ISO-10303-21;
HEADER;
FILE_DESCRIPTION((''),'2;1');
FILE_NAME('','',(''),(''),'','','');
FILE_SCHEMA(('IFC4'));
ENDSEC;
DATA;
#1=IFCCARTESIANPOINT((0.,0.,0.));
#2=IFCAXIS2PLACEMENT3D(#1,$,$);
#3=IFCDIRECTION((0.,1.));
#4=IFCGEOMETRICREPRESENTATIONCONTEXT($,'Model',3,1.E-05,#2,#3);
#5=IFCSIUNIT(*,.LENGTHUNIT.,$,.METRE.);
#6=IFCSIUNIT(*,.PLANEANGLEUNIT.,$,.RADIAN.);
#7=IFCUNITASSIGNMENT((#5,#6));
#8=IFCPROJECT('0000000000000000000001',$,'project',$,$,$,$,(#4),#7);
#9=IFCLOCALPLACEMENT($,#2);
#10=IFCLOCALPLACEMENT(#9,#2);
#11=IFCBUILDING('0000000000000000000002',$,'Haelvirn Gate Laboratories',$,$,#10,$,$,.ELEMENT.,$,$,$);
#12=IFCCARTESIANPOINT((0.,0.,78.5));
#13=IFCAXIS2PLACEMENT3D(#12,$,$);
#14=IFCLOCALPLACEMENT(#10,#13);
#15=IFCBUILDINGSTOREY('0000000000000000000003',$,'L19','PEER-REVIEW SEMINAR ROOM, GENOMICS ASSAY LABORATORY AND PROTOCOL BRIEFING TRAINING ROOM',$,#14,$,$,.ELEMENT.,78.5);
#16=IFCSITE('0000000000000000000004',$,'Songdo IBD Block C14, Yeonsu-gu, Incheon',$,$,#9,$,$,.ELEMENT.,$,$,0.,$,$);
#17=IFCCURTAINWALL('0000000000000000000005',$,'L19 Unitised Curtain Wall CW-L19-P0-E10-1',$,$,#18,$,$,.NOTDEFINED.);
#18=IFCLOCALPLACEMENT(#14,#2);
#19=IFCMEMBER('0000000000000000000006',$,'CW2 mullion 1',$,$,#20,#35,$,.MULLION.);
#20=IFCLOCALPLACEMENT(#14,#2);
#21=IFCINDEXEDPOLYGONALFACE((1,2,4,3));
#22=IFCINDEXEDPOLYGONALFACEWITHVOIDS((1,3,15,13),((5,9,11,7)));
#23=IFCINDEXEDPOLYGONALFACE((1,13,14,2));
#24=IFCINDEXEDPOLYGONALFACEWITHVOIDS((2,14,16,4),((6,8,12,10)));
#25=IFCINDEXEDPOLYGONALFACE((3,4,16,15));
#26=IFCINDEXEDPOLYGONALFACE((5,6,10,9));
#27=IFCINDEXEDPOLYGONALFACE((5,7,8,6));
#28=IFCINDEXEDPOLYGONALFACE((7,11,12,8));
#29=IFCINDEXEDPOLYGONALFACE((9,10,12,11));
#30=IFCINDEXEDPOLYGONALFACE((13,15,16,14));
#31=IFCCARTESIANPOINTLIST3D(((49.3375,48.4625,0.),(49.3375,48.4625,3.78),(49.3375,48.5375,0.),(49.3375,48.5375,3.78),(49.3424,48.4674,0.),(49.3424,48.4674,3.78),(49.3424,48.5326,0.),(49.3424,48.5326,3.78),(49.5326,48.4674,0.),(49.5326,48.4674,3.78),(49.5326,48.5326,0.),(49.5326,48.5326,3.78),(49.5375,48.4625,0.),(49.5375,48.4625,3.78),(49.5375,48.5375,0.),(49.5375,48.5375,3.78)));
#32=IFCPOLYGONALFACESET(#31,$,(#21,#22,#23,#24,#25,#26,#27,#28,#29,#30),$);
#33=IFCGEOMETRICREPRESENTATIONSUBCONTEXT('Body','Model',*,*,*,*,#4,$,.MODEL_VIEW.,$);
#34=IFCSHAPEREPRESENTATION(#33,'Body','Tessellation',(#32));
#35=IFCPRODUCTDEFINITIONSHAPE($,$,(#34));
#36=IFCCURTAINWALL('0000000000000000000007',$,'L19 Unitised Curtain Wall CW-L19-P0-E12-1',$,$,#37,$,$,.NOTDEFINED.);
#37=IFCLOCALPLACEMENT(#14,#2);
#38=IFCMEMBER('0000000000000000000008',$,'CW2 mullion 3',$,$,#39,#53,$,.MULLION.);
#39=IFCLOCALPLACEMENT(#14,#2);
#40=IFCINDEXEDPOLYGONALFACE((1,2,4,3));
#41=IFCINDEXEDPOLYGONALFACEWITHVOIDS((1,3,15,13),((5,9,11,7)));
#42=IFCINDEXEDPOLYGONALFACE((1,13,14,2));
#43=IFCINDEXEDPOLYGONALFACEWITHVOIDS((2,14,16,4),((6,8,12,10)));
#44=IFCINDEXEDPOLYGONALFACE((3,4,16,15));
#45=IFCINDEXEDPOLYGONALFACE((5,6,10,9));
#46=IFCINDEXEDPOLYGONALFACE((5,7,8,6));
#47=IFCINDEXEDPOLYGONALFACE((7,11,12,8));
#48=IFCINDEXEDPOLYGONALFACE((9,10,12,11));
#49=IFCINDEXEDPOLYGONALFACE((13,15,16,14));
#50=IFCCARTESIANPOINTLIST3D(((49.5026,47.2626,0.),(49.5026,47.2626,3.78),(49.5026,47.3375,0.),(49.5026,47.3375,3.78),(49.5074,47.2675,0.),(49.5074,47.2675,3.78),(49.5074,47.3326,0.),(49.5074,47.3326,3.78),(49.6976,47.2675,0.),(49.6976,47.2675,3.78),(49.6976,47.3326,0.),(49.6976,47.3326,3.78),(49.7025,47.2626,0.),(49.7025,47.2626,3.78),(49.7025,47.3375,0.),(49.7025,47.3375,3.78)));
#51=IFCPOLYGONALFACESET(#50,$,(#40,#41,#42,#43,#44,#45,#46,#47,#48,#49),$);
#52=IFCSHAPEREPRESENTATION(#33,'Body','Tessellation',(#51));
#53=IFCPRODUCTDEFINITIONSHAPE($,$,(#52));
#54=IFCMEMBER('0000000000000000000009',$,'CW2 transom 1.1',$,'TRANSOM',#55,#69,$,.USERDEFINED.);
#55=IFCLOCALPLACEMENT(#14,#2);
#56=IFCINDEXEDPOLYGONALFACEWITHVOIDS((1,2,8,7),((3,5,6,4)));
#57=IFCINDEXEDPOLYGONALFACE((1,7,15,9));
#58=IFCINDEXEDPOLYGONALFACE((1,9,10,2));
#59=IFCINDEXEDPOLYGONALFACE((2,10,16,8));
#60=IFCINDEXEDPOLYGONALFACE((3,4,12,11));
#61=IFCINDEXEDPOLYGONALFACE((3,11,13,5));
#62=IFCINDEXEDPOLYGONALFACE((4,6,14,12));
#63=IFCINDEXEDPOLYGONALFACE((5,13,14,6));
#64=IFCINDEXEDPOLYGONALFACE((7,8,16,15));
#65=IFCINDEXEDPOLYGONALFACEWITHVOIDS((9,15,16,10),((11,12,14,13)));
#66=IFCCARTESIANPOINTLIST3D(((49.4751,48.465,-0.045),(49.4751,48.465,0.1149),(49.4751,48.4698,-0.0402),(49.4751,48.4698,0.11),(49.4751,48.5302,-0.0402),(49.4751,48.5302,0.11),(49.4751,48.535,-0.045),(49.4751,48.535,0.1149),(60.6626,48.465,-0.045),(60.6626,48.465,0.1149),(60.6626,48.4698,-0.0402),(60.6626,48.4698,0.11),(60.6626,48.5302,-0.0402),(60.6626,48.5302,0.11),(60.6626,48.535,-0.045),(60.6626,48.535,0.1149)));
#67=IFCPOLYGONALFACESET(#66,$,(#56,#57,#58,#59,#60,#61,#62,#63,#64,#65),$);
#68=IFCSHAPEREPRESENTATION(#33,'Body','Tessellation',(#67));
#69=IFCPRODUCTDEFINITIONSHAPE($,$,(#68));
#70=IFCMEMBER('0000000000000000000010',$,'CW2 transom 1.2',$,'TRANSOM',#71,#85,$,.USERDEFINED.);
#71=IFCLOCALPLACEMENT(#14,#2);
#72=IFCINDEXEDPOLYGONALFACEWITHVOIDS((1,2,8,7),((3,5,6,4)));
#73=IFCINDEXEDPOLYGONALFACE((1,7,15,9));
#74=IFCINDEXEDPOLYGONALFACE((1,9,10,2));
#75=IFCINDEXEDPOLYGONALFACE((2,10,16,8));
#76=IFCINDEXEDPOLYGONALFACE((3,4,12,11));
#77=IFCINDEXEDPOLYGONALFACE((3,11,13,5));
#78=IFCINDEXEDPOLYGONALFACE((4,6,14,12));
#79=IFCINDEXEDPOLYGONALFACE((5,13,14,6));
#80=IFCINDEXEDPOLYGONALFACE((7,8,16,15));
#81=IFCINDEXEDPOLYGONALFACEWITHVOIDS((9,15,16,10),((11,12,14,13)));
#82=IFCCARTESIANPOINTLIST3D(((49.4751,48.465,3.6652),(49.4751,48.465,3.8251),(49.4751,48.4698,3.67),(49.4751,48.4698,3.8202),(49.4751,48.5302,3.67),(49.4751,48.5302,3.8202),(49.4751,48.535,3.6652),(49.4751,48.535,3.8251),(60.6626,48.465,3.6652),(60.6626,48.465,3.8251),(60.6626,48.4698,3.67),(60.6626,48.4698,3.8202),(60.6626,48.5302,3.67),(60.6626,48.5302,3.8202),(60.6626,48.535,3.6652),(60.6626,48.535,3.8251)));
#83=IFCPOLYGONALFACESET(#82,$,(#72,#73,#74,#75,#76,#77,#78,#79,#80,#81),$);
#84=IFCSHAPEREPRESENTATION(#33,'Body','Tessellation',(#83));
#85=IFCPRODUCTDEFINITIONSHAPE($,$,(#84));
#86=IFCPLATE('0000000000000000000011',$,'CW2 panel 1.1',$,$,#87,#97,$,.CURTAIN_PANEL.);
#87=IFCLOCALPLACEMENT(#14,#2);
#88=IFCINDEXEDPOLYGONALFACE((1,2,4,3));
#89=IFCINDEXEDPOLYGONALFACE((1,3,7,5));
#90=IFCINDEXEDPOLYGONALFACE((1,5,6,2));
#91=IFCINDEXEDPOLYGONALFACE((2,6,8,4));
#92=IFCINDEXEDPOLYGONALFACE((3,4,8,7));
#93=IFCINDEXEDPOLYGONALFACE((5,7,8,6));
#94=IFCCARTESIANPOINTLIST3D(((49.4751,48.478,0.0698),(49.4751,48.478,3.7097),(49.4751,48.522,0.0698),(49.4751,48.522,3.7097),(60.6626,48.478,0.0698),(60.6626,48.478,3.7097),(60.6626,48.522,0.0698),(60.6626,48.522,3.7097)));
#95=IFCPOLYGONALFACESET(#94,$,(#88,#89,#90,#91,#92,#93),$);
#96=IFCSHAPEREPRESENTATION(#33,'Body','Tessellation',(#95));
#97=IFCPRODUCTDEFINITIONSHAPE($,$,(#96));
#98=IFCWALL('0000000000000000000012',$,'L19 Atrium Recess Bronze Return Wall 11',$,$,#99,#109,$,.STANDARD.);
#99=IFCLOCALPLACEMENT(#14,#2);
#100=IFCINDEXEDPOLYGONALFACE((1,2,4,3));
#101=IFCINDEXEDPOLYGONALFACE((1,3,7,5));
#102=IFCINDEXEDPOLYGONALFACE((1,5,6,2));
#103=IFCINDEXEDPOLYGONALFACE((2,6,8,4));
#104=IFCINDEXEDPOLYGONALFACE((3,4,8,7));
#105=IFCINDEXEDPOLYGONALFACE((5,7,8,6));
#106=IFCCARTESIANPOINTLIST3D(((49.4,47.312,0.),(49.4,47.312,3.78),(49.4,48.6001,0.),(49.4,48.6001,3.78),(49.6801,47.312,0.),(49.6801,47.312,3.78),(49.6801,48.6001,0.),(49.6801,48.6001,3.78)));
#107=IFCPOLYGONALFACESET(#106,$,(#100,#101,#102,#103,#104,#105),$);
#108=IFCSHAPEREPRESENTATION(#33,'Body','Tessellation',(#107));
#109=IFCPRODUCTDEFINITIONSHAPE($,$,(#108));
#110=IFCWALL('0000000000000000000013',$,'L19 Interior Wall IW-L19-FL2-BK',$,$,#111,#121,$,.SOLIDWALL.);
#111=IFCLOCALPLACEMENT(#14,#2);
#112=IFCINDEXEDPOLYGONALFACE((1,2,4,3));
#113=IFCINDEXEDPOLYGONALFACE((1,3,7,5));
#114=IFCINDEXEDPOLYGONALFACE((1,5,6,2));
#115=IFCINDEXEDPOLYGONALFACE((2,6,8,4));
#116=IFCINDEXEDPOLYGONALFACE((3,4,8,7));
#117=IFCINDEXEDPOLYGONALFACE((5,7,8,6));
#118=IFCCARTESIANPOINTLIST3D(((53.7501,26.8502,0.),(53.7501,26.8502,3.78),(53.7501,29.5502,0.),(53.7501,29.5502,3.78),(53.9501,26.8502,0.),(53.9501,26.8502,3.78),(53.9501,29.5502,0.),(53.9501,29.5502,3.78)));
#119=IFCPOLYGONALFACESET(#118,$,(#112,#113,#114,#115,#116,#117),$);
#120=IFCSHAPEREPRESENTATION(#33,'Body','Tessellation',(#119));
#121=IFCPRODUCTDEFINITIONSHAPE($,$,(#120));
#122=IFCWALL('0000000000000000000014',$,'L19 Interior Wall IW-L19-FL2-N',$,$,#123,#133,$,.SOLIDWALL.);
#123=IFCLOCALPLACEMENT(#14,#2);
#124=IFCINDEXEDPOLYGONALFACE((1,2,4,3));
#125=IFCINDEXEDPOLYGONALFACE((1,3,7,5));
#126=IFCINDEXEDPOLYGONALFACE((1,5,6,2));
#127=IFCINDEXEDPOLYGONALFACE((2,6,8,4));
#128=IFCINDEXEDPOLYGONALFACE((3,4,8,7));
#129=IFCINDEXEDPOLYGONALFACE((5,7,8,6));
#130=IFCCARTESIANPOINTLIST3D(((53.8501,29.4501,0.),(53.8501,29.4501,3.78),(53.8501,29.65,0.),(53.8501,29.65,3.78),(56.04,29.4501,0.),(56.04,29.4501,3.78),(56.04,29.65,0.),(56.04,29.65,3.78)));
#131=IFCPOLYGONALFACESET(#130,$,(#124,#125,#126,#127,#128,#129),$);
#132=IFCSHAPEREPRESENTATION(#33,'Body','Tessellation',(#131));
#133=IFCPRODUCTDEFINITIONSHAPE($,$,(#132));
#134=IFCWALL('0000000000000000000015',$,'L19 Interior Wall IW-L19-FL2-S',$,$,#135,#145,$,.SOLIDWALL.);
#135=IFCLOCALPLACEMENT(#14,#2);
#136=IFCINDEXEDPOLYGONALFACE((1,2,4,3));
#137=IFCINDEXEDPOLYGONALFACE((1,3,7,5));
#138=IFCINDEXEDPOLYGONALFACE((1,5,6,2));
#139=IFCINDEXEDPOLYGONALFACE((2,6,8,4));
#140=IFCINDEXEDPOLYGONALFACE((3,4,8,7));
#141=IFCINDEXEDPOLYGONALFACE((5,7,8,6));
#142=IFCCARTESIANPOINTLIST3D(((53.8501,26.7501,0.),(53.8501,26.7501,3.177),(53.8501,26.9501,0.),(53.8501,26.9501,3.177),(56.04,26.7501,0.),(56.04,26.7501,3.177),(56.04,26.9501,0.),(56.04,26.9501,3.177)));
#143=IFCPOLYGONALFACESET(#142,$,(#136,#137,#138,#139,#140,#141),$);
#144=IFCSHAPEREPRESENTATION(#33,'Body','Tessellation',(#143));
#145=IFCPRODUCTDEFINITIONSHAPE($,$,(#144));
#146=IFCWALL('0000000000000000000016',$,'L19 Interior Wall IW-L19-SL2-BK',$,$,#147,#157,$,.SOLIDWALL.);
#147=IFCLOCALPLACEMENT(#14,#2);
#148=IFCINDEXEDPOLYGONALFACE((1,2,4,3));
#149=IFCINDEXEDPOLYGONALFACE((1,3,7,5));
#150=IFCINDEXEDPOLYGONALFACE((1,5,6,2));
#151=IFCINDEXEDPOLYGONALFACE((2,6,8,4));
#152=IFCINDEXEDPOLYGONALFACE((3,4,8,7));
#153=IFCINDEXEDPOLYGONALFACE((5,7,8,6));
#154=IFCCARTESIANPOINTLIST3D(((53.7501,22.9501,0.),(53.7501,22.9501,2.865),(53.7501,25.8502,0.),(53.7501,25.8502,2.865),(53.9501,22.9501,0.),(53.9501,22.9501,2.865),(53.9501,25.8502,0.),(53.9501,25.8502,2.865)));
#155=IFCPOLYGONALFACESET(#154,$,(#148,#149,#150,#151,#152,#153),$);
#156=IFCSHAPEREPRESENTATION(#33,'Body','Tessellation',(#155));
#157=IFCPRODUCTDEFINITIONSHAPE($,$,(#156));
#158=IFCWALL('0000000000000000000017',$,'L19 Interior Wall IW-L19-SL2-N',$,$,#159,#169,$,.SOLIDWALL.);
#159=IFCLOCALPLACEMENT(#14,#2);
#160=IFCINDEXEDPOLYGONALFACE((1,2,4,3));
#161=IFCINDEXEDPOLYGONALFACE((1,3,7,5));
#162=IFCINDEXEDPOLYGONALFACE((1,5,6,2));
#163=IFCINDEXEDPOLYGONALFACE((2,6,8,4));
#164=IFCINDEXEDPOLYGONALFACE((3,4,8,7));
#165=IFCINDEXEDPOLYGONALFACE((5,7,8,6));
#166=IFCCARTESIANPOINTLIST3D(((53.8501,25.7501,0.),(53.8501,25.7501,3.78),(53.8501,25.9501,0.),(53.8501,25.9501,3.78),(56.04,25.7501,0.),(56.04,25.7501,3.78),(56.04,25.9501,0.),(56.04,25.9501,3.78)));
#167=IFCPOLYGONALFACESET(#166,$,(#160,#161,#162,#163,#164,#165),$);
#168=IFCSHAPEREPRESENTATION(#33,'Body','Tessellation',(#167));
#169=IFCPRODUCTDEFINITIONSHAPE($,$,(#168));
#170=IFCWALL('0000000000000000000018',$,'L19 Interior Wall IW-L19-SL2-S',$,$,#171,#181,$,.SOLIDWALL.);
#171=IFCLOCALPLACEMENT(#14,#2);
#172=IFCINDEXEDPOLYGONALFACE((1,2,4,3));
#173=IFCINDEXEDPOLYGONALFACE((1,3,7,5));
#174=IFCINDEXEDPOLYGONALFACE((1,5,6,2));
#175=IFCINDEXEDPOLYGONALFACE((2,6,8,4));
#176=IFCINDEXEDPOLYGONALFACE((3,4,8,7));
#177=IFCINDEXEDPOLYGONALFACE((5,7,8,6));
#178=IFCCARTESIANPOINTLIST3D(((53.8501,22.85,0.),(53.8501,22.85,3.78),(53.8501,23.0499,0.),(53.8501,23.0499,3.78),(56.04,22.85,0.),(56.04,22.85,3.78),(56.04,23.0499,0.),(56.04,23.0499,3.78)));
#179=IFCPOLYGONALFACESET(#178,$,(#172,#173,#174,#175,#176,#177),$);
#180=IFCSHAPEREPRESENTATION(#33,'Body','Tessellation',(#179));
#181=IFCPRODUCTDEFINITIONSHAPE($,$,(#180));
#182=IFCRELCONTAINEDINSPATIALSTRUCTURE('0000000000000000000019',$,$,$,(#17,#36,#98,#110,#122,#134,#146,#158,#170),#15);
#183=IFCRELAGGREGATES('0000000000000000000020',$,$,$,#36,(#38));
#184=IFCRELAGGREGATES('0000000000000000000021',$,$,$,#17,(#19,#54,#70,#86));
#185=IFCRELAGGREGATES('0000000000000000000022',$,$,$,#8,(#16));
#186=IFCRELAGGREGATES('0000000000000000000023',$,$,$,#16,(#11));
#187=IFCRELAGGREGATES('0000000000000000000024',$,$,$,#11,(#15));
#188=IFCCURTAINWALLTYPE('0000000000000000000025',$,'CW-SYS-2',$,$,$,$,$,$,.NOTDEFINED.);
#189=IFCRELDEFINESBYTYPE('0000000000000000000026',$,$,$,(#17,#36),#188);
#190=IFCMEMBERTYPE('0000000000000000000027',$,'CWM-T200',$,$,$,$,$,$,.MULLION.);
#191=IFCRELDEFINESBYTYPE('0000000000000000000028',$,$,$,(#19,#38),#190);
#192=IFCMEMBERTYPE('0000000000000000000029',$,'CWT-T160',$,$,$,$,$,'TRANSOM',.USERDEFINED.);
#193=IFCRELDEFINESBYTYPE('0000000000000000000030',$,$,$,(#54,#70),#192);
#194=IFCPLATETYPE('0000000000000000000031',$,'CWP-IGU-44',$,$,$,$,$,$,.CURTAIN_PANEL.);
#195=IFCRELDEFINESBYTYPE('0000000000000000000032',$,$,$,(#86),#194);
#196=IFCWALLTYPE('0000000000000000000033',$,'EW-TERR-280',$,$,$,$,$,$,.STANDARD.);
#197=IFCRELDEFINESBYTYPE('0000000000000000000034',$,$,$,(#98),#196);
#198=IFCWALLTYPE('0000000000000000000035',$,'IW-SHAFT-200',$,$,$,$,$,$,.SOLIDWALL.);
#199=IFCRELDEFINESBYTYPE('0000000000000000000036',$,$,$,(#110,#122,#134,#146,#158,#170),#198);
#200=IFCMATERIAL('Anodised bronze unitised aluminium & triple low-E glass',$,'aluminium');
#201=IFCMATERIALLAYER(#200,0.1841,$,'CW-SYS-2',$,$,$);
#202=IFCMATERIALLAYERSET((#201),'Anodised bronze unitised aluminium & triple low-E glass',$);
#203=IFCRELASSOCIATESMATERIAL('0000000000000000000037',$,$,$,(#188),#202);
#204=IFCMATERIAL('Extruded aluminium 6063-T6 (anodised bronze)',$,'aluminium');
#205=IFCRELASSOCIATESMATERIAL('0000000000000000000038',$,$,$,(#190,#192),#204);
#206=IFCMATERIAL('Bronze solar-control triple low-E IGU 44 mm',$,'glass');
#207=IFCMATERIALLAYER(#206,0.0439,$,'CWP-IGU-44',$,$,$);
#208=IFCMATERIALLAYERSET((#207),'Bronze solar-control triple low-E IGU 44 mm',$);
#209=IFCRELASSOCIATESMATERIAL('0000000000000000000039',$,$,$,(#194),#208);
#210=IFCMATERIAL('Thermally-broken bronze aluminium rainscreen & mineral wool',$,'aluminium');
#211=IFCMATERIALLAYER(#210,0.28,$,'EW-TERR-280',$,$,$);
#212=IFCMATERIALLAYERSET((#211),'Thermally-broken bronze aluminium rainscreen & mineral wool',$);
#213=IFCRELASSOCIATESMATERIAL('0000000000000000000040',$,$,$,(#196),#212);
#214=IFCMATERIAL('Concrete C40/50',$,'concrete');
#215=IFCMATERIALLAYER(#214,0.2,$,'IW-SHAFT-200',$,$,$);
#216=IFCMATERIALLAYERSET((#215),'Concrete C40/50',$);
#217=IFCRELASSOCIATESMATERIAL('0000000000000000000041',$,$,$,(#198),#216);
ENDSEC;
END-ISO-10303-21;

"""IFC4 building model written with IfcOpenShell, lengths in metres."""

from ifc_helpers import new_model, si_unit, direction, frame, frame_2d, origin, origin_2d, place, context, subcontext, project, spatial, rectangle, hollow_rectangle, extrude, source, transform, mapped, material, layer, layer_set, material_profile, profile_set, type_object, type_shapes, element, aggregate, save


model = new_model("IFC4")

# Units and contexts
model_context = context("Model", 3, precision=1e-05, world=origin(), true_north=direction((0.0, 1.0)))
body_context = subcontext(model_context, "Body", "Model", "MODEL_VIEW")
ifc_project = project(units=[si_unit("LENGTHUNIT", "METRE"), si_unit("PLANEANGLEUNIT", "RADIAN")], contexts=[model_context])

# Site, building, storey
site_placement = place(None, origin())
site = spatial("IfcSite", under=ifc_project, at=site_placement, Name="Songdo IBD Block C14, Yeonsu-gu, Incheon", CompositionType="ELEMENT", RefElevation=0.0)
building_placement = place(site_placement, origin())
building = spatial("IfcBuilding", under=site, at=building_placement, Name="Haelvirn Gate Laboratories", CompositionType="ELEMENT")
storey_placement = place(building_placement, frame((0.0, 0.0, 78.5)))
storey = spatial("IfcBuildingStorey", under=building, at=storey_placement, Name="L19", Description="PEER-REVIEW SEMINAR ROOM, GENOMICS ASSAY LABORATORY AND PROTOCOL BRIEFING TRAINING ROOM", CompositionType="ELEMENT", Elevation=78.5)

# Curtain walls, members
ifc_material_1 = material(Name="Anodised bronze unitised aluminium & triple low-E glass", Category="aluminium")
ifc_layer_1 = layer(ifc_material_1, 0.1841, Name="CW-SYS-2")
ifc_layer_set_1 = layer_set([ifc_layer_1], Name="Anodised bronze unitised aluminium & triple low-E glass")
curtain_wall_type = type_object("IfcCurtainWallType", Name="CW-SYS-2", PredefinedType="NOTDEFINED", material=ifc_layer_set_1)
curtain_wall_1_placement = place(storey_placement, origin())
curtain_wall_1 = element("IfcCurtainWall", 1, at=curtain_wall_1_placement, inside=storey, type_object=curtain_wall_type, Name="L19 Unitised Curtain Wall CW-L19-P0-E10-1", PredefinedType="NOTDEFINED")
ifc_material_2 = material(Name="Extruded aluminium 6063-T6 (anodised bronze)", Category="aluminium")
ifc_material_profile_1 = material_profile(ifc_material_2, hollow_rectangle(XDim=0.075, YDim=0.2, WallThickness=0.0049, at=origin_2d()), Name="CWM-200x75x5")
ifc_profile_set_1 = profile_set([ifc_material_profile_1], Name="Extruded aluminium 6063-T6 (anodised bronze)")
member_type_1 = type_object("IfcMemberType", Name="CWM-T200", PredefinedType="MULLION", material=ifc_profile_set_1)
shared_shape_1 = source(origin(), body_context, "Body", "SweptSolid", [
    extrude(hollow_rectangle(XDim=0.075, YDim=0.2, WallThickness=0.0049, at=origin_2d()), origin(), (0.0, 0.0, 1.0), 3.78),
])
type_shapes(member_type_1, [shared_shape_1])
member_1_placement = place(storey_placement, frame((49.4375, 48.5, 0.0), z_axis=(0.0, 0.0, 1.0), x_axis=(0.0, 1.0, 0.0)))
member_1 = element("IfcMember", 2, at=member_1_placement, type_object=member_type_1, Name="CW2 mullion 1", PredefinedType="MULLION", context=body_context, shape_type="MappedRepresentation", body=[
    mapped(shared_shape_1, transform((0.0, 0.0, 0.0), scale=1.0)),
])
curtain_wall_2_placement = place(storey_placement, origin())
curtain_wall_2 = element("IfcCurtainWall", 3, at=curtain_wall_2_placement, inside=storey, type_object=curtain_wall_type, Name="L19 Unitised Curtain Wall CW-L19-P0-E12-1", PredefinedType="NOTDEFINED")
member_2_placement = place(storey_placement, frame((49.6025, 47.3, 0.0), z_axis=(0.0, 0.0, 1.0), x_axis=(0.0, 1.0, 0.0)))
member_2 = element("IfcMember", 4, at=member_2_placement, type_object=member_type_1, Name="CW2 mullion 3", PredefinedType="MULLION", context=body_context, shape_type="MappedRepresentation", body=[
    mapped(shared_shape_1, transform((0.0, 0.0, 0.0), scale=1.0)),
])
aggregate(curtain_wall_2, [member_2])

# Members
ifc_material_profile_2 = material_profile(ifc_material_2, hollow_rectangle(XDim=0.0701, YDim=0.1599, WallThickness=0.0049, at=origin_2d()), Name="CWT-160x70x5")
ifc_profile_set_2 = profile_set([ifc_material_profile_2], Name="Extruded aluminium 6063-T6 (anodised bronze)")
member_type_2 = type_object("IfcMemberType", Name="CWT-T160", ElementType="TRANSOM", PredefinedType="USERDEFINED", material=ifc_profile_set_2)
shared_shape_2 = source(origin(), body_context, "Body", "SweptSolid", [
    extrude(hollow_rectangle(XDim=0.0701, YDim=0.1599, WallThickness=0.0049, at=origin_2d()), origin(), (0.0, 0.0, 1.0), 11.1875),
])
type_shapes(member_type_2, [shared_shape_2])
member_3_placement = place(storey_placement, frame((49.4751, 48.5, 0.0349), z_axis=(1.0, 0.0, 0.0), x_axis=(0.0, 1.0, 0.0)))
member_3 = element("IfcMember", 5, at=member_3_placement, type_object=member_type_2, Name="CW2 transom 1.1", ObjectType="TRANSOM", PredefinedType="USERDEFINED", context=body_context, shape_type="MappedRepresentation", body=[
    mapped(shared_shape_2, transform((0.0, 0.0, 0.0), scale=1.0)),
])
member_4_placement = place(storey_placement, frame((49.4751, 48.5, 3.7451), z_axis=(1.0, 0.0, 0.0), x_axis=(0.0, 1.0, 0.0)))
member_4 = element("IfcMember", 6, at=member_4_placement, type_object=member_type_2, Name="CW2 transom 1.2", ObjectType="TRANSOM", PredefinedType="USERDEFINED", context=body_context, shape_type="MappedRepresentation", body=[
    mapped(shared_shape_2, transform((0.0, 0.0, 0.0), scale=1.0)),
])

# Plate
ifc_material_3 = material(Name="Bronze solar-control triple low-E IGU 44 mm", Category="glass")
ifc_layer_2 = layer(ifc_material_3, 0.0439, Name="CWP-IGU-44")
ifc_layer_set_2 = layer_set([ifc_layer_2], Name="Bronze solar-control triple low-E IGU 44 mm")
plate_type = type_object("IfcPlateType", Name="CWP-IGU-44", PredefinedType="CURTAIN_PANEL", material=ifc_layer_set_2)
shared_shape_3 = source(origin(), body_context, "Body", "SweptSolid", [
    extrude(rectangle(XDim=11.1875, YDim=0.0439, at=origin_2d()), origin(), (0.0, 0.0, 1.0), 3.6399),
])
type_shapes(plate_type, [shared_shape_3])
plate_placement = place(storey_placement, frame((55.0688, 48.5, 0.0698), z_axis=(0.0, 0.0, 1.0), x_axis=(1.0, 0.0, 0.0)))
plate = element("IfcPlate", 7, at=plate_placement, type_object=plate_type, Name="CW2 panel 1.1", PredefinedType="CURTAIN_PANEL", context=body_context, shape_type="MappedRepresentation", body=[
    mapped(shared_shape_3, transform((0.0, 0.0, 0.0), scale=1.0)),
])
aggregate(curtain_wall_1, [member_1, member_3, member_4, plate])

# Walls
ifc_material_4 = material(Name="Thermally-broken bronze aluminium rainscreen & mineral wool", Category="aluminium")
ifc_layer_3 = layer(ifc_material_4, 0.28, Name="EW-TERR-280")
ifc_layer_set_3 = layer_set([ifc_layer_3], Name="Thermally-broken bronze aluminium rainscreen & mineral wool")
wall_type_1 = type_object("IfcWallType", Name="EW-TERR-280", PredefinedType="STANDARD", material=ifc_layer_set_3)
wall_1_placement = place(storey_placement, frame((49.54, 48.6001, 0.0), z_axis=(0.0, 0.0, 1.0), x_axis=(0.0, -1.0, 0.0)))
element("IfcWall", 8, at=wall_1_placement, inside=storey, type_object=wall_type_1, Name="L19 Atrium Recess Bronze Return Wall 11", PredefinedType="STANDARD", context=body_context, shape_type="SweptSolid", body=[
    extrude(rectangle(XDim=1.2881, YDim=0.28, at=frame_2d((0.644, 0.0))), origin(), (0.0, 0.0, 1.0), 3.78),
])
ifc_material_5 = material(Name="Concrete C40/50", Category="concrete")
ifc_layer_4 = layer(ifc_material_5, 0.2, Name="IW-SHAFT-200")
ifc_layer_set_4 = layer_set([ifc_layer_4], Name="Concrete C40/50")
wall_type_2 = type_object("IfcWallType", Name="IW-SHAFT-200", PredefinedType="SOLIDWALL", material=ifc_layer_set_4)
wall_2_placement = place(storey_placement, frame((53.8501, 26.8501, 0.0), z_axis=(0.0, 0.0, 1.0), x_axis=(0.0, 1.0, 0.0)))
element("IfcWall", 9, at=wall_2_placement, inside=storey, type_object=wall_type_2, Name="L19 Interior Wall IW-L19-FL2-BK", PredefinedType="SOLIDWALL", context=body_context, shape_type="SweptSolid", body=[
    extrude(rectangle(XDim=2.7, YDim=0.2, at=frame_2d((1.3501, 0.0))), origin(), (0.0, 0.0, 1.0), 3.78),
])
wall_3_placement = place(storey_placement, frame((53.8501, 29.55, 0.0), z_axis=(0.0, 0.0, 1.0), x_axis=(1.0, 0.0, 0.0)))
element("IfcWall", 10, at=wall_3_placement, inside=storey, type_object=wall_type_2, Name="L19 Interior Wall IW-L19-FL2-N", PredefinedType="SOLIDWALL", context=body_context, shape_type="SweptSolid", body=[
    extrude(rectangle(XDim=2.1899, YDim=0.2, at=frame_2d((1.095, 0.0))), origin(), (0.0, 0.0, 1.0), 3.78),
])
wall_4_placement = place(storey_placement, frame((53.8501, 26.8501, 0.0), z_axis=(0.0, 0.0, 1.0), x_axis=(1.0, 0.0, 0.0)))
element("IfcWall", 11, at=wall_4_placement, inside=storey, type_object=wall_type_2, Name="L19 Interior Wall IW-L19-FL2-S", PredefinedType="SOLIDWALL", context=body_context, shape_type="SweptSolid", body=[
    extrude(rectangle(XDim=2.1899, YDim=0.2, at=frame_2d((1.095, 0.0))), origin(), (0.0, 0.0, 1.0), 3.177),
])
wall_5_placement = place(storey_placement, frame((53.8501, 22.95, 0.0), z_axis=(0.0, 0.0, 1.0), x_axis=(0.0, 1.0, 0.0)))
element("IfcWall", 12, at=wall_5_placement, inside=storey, type_object=wall_type_2, Name="L19 Interior Wall IW-L19-SL2-BK", PredefinedType="SOLIDWALL", context=body_context, shape_type="SweptSolid", body=[
    extrude(rectangle(XDim=2.9001, YDim=0.2, at=frame_2d((1.4502, 0.0))), origin(), (0.0, 0.0, 1.0), 2.865),
])
for number, where, z_axis, x_axis, name in (
    (13, (53.8501, 25.8501, 0.0), (0.0, 0.0, 1.0), (1.0, 0.0, 0.0), "L19 Interior Wall IW-L19-SL2-N"),
    (14, (53.8501, 22.95, 0.0), (0.0, 0.0, 1.0), (1.0, 0.0, 0.0), "L19 Interior Wall IW-L19-SL2-S"),
):
    element("IfcWall", number, at=place(storey_placement, frame(where, z_axis=z_axis, x_axis=x_axis)), inside=storey, type_object=wall_type_2, Name=name, PredefinedType="SOLIDWALL", context=body_context, shape_type="SweptSolid", body=[
        extrude(rectangle(XDim=2.1899, YDim=0.2, at=frame_2d((1.095, 0.0))), origin(), (0.0, 0.0, 1.0), 3.78),
    ])

save(model, "model.ifc")
